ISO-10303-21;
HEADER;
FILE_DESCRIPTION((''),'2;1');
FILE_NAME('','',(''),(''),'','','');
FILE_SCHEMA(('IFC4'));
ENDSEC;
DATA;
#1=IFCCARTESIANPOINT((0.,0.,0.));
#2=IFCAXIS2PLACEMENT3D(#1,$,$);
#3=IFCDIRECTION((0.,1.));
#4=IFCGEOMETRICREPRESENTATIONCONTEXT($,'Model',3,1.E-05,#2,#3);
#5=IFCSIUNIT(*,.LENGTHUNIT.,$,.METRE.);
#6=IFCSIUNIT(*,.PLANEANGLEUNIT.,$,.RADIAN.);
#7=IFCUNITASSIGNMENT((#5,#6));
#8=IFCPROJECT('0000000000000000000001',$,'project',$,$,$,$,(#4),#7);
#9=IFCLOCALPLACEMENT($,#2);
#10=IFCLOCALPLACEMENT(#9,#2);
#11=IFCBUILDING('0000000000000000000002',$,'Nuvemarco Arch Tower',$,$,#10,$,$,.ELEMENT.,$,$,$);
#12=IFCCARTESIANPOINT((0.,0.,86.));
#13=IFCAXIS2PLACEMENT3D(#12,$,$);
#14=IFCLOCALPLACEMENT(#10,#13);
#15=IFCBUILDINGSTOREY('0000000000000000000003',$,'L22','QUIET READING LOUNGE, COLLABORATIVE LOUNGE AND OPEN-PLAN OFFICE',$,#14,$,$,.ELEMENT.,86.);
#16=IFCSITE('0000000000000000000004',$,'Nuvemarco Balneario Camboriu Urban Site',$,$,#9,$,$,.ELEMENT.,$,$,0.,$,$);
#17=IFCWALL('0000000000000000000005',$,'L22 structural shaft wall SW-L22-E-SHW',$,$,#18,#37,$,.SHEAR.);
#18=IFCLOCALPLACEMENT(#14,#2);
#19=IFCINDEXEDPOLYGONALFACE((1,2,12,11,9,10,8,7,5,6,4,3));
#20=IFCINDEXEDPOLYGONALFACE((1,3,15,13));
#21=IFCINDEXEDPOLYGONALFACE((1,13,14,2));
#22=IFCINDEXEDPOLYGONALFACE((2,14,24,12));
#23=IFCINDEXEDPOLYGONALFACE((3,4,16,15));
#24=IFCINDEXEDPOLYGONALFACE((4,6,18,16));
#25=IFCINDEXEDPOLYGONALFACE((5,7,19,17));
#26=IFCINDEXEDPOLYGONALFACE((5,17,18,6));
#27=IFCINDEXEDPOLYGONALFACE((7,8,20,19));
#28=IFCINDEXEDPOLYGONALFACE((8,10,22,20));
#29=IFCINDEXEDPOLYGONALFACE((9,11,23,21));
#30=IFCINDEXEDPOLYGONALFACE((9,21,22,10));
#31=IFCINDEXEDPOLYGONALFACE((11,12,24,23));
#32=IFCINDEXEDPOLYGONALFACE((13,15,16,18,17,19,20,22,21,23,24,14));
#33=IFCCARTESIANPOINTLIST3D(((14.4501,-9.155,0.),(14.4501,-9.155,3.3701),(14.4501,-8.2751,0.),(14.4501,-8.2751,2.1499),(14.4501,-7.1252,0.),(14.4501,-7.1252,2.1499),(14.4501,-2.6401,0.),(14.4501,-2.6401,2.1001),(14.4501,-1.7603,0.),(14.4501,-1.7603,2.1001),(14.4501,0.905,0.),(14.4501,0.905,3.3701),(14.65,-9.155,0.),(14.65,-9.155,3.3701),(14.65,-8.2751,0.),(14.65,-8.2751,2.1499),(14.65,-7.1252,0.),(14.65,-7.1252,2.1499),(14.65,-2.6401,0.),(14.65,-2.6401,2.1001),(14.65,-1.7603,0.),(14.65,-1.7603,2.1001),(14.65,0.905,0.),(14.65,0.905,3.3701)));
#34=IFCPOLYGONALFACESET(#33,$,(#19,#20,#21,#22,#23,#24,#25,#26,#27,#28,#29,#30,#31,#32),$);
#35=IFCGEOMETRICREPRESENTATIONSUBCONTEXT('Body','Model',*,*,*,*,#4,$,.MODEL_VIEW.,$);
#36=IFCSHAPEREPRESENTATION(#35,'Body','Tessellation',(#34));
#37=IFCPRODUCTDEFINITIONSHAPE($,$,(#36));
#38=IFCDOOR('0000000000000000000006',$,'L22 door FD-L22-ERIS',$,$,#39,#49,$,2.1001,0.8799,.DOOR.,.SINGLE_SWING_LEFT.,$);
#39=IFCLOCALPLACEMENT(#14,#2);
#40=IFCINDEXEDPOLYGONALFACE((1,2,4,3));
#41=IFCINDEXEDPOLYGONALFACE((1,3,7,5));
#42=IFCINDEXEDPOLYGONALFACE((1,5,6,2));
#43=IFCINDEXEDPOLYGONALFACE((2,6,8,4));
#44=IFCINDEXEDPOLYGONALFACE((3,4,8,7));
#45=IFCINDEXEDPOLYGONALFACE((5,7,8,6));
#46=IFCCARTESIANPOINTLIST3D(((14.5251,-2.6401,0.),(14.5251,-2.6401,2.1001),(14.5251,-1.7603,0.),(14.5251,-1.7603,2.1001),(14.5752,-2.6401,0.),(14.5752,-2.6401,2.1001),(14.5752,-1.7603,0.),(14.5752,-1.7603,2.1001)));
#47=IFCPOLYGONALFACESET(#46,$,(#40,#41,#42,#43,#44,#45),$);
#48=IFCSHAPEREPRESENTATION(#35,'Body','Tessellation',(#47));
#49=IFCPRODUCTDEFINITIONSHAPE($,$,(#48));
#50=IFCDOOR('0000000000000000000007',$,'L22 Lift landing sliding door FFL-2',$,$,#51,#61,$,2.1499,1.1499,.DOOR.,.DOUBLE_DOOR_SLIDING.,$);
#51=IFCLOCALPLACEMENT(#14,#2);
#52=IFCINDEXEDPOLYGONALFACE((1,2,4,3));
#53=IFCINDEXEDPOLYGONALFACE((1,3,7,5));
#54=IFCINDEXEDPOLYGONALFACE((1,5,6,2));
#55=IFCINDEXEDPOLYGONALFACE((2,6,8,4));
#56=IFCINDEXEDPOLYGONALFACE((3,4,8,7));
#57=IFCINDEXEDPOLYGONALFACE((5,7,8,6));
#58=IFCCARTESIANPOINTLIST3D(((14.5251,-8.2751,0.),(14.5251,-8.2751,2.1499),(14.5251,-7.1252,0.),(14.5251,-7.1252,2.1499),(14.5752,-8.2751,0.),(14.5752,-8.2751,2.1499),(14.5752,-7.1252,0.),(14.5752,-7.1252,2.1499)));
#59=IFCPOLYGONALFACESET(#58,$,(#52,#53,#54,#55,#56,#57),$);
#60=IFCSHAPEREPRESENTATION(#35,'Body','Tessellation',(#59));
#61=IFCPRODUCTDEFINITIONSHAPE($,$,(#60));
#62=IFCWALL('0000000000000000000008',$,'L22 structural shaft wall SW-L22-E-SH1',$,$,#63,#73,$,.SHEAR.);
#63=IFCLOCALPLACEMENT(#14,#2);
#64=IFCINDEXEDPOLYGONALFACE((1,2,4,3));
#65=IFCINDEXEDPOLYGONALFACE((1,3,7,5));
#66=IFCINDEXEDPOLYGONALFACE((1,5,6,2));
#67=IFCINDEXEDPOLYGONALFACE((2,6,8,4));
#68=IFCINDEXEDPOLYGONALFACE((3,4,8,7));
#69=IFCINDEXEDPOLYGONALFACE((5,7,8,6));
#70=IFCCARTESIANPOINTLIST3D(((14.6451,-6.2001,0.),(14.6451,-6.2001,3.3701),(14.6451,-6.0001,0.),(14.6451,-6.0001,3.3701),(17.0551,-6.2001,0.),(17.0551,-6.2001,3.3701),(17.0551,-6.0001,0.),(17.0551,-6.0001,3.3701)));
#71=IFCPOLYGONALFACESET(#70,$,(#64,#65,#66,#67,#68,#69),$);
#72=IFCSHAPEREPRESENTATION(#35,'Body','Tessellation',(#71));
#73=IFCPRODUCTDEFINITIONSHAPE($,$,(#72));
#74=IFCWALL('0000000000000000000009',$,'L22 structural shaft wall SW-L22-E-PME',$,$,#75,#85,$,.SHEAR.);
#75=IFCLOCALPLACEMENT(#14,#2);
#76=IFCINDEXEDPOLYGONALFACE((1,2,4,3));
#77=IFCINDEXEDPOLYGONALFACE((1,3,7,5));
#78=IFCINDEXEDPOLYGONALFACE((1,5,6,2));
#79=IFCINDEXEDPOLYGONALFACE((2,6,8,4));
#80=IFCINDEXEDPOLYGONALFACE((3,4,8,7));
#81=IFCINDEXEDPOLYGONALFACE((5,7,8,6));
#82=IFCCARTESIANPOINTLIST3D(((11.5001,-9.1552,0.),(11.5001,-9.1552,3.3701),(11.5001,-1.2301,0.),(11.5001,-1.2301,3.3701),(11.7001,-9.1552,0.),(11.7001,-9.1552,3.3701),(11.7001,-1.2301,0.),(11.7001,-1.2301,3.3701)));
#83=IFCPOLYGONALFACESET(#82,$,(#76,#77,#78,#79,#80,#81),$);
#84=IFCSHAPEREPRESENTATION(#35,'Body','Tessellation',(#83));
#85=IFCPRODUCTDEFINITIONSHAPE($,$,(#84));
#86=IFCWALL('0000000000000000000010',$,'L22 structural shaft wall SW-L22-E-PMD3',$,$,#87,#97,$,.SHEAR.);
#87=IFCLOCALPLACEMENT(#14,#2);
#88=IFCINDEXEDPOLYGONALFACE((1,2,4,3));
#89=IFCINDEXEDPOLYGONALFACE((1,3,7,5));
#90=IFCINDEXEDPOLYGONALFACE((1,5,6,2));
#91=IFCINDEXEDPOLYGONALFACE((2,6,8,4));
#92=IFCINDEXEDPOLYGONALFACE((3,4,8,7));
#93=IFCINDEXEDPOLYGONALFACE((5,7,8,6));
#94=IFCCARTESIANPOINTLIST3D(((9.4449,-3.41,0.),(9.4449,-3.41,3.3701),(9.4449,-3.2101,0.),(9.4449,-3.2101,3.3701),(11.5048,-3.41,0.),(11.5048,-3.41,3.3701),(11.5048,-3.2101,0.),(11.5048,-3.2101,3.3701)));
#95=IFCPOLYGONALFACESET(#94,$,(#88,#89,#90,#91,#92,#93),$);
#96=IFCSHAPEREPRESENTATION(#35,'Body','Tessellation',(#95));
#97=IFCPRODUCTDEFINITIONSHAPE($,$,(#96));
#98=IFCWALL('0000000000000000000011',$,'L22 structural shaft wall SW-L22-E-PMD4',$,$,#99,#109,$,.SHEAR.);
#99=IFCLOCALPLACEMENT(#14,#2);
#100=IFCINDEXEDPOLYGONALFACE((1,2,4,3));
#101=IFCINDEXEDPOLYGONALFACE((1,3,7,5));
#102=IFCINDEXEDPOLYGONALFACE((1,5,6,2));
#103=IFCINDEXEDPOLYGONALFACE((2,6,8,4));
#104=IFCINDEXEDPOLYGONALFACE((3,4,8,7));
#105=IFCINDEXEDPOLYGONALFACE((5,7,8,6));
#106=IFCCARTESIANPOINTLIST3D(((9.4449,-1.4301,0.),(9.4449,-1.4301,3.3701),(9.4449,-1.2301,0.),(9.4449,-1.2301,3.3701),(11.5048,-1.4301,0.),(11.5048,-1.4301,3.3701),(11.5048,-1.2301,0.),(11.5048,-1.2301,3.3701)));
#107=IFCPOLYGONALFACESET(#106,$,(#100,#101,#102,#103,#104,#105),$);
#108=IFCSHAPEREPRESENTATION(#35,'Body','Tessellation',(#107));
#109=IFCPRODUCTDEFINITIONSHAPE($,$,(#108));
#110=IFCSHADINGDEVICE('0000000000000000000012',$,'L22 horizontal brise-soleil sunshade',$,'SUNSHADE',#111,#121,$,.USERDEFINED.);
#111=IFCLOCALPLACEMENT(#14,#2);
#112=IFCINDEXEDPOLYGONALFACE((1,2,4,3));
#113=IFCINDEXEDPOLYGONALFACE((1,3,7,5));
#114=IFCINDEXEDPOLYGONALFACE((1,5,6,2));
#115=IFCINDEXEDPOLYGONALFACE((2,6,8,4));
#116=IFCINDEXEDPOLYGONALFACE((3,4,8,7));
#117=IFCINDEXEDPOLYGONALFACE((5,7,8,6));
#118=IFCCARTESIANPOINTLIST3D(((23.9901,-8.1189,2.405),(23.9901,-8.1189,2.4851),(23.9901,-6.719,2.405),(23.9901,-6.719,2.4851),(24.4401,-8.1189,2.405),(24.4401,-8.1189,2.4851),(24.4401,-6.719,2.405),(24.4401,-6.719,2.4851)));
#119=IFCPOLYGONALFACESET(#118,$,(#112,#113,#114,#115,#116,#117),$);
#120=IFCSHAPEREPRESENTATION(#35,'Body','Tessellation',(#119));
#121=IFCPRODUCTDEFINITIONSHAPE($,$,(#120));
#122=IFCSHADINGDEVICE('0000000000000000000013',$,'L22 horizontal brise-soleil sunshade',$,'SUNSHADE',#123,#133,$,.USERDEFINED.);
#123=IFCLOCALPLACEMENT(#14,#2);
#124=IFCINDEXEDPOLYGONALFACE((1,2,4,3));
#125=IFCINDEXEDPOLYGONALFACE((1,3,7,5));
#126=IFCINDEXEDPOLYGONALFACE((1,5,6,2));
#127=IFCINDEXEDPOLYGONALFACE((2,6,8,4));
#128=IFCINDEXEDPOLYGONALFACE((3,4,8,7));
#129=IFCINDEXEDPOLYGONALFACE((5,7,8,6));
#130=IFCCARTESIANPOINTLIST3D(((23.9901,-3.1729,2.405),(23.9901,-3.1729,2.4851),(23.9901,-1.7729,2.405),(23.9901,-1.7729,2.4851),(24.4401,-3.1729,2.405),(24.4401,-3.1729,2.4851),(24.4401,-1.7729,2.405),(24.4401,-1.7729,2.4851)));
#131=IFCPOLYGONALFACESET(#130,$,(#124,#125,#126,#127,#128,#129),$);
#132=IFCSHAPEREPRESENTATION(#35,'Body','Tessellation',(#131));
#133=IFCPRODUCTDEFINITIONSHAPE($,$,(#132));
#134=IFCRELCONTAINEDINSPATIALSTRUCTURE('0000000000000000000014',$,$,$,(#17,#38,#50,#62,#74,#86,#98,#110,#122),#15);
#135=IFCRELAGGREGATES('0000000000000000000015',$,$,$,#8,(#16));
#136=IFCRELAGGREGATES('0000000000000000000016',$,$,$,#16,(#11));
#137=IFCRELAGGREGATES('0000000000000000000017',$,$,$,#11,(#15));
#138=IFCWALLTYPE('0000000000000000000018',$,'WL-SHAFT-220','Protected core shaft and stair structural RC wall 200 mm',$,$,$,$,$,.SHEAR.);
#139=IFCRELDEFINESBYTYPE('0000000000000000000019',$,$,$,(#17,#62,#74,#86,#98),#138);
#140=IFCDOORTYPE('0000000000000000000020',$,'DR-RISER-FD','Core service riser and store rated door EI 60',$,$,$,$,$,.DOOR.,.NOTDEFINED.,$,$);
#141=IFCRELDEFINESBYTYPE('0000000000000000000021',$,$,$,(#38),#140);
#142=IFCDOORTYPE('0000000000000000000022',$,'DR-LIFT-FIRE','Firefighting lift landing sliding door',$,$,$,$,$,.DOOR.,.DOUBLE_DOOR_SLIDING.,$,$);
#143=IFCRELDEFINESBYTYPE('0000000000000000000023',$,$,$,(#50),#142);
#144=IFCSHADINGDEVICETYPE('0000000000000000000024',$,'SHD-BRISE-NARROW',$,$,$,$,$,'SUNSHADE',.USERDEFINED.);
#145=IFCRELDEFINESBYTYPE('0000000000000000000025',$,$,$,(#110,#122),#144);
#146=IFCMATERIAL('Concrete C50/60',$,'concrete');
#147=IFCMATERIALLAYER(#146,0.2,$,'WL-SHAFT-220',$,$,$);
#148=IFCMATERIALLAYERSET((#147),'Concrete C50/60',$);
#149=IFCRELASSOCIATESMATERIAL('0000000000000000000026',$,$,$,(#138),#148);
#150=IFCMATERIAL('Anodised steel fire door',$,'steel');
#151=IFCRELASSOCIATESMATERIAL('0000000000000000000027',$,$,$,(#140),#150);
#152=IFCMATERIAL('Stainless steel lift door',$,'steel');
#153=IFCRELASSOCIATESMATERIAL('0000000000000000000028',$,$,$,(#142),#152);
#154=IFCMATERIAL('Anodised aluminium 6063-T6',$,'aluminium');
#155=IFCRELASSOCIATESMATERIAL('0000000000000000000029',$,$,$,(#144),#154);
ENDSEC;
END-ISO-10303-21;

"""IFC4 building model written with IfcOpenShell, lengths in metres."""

from ifc_helpers import new_model, si_unit, direction, frame, frame_2d, origin, origin_2d, place, context, subcontext, project, spatial, rectangle, extrude, source, transform, mapped, material, layer, layer_set, type_object, type_shapes, element, fill, save


model = new_model("IFC4")

# Units and contexts
model_context = context("Model", 3, precision=1e-05, world=origin(), true_north=direction((0.0, 1.0)))
body_context = subcontext(model_context, "Body", "Model", "MODEL_VIEW")
ifc_project = project(units=[si_unit("LENGTHUNIT", "METRE"), si_unit("PLANEANGLEUNIT", "RADIAN")], contexts=[model_context])

# Site, building, storey
site_placement = place(None, origin())
site = spatial("IfcSite", under=ifc_project, at=site_placement, Name="Nuvemarco Balneario Camboriu Urban Site", CompositionType="ELEMENT", RefElevation=0.0)
building_placement = place(site_placement, origin())
building = spatial("IfcBuilding", under=site, at=building_placement, Name="Nuvemarco Arch Tower", CompositionType="ELEMENT")
storey_placement = place(building_placement, frame((0.0, 0.0, 86.0)))
storey = spatial("IfcBuildingStorey", under=building, at=storey_placement, Name="L22", Description="QUIET READING LOUNGE, COLLABORATIVE LOUNGE AND OPEN-PLAN OFFICE", CompositionType="ELEMENT", Elevation=86.0)

# Wall, openings, doors
ifc_material_1 = material(Name="Concrete C50/60", Category="concrete")
ifc_layer_1 = layer(ifc_material_1, 0.2, Name="WL-SHAFT-220")
ifc_layer_set_1 = layer_set([ifc_layer_1], Name="Concrete C50/60")
wall_type_1 = type_object("IfcWallType", Name="WL-SHAFT-220", Description="Protected core shaft and stair structural RC wall 200 mm", PredefinedType="SHEAR", material=ifc_layer_set_1)
wall_1_placement = place(storey_placement, frame((14.55, -9.155, 0.0), z_axis=(0.0, 0.0, 1.0), x_axis=(0.0, 1.0, 0.0)))
wall_1 = element("IfcWall", 1, at=wall_1_placement, inside=storey, type_object=wall_type_1, Name="L22 structural shaft wall SW-L22-E-SHW", PredefinedType="SHEAR", context=body_context, shape_type="SweptSolid", body=[
    extrude(rectangle(XDim=10.0601, YDim=0.2, at=frame_2d((5.03, 0.0))), origin(), (0.0, 0.0, 1.0), 3.3701),
])
opening_1_placement = place(wall_1_placement, frame((6.5149, 0.0, 0.0)))
opening_1 = element("IfcOpeningElement", 2, at=opening_1_placement, cuts=wall_1, PredefinedType="OPENING", context=body_context, shape_type="SweptSolid", body=[
    extrude(rectangle(XDim=0.8799, YDim=2.1001, at=frame_2d((0.4399, 1.05))), frame((0.0, 0.1099, 0.0), z_axis=(0.0, -1.0, 0.0), x_axis=(1.0, 0.0, 0.0)), (0.0, 0.0, 1.0), 0.22),
])
opening_2_placement = place(wall_1_placement, frame((0.8799, 0.0, 0.0)))
opening_2 = element("IfcOpeningElement", 3, at=opening_2_placement, cuts=wall_1, PredefinedType="OPENING", context=body_context, shape_type="SweptSolid", body=[
    extrude(rectangle(XDim=1.1499, YDim=2.1499, at=frame_2d((0.575, 1.075))), frame((0.0, 0.1099, 0.0), z_axis=(0.0, -1.0, 0.0), x_axis=(1.0, 0.0, 0.0)), (0.0, 0.0, 1.0), 0.22),
])
ifc_material_2 = material(Name="Anodised steel fire door", Category="steel")
door_type_1 = type_object("IfcDoorType", Name="DR-RISER-FD", Description="Core service riser and store rated door EI 60", OperationType="NOTDEFINED", PredefinedType="DOOR", material=ifc_material_2)
shared_shape_1 = source(origin(), body_context, "Body", "SweptSolid", [
    extrude(rectangle(XDim=0.8799, YDim=2.1001, at=frame_2d((0.4399, 1.05))), frame((0.0, 0.0249, 0.0), z_axis=(0.0, -1.0, 0.0), x_axis=(1.0, 0.0, 0.0)), (0.0, 0.0, 1.0), 0.05),
])
type_shapes(door_type_1, [shared_shape_1])
door_1_placement = place(opening_1_placement, origin())
door_1 = element("IfcDoor", 4, at=door_1_placement, inside=storey, type_object=door_type_1, Name="L22 door FD-L22-ERIS", OperationType="SINGLE_SWING_LEFT", OverallHeight=2.1001, OverallWidth=0.8799, PredefinedType="DOOR", context=body_context, shape_type="MappedRepresentation", body=[
    mapped(shared_shape_1, transform((0.0, 0.0, 0.0), scale=1.0)),
])
fill(opening_1, door_1)
ifc_material_3 = material(Name="Stainless steel lift door", Category="steel")
door_type_2 = type_object("IfcDoorType", Name="DR-LIFT-FIRE", Description="Firefighting lift landing sliding door", OperationType="DOUBLE_DOOR_SLIDING", PredefinedType="DOOR", material=ifc_material_3)
shared_shape_2 = source(origin(), body_context, "Body", "SweptSolid", [
    extrude(rectangle(XDim=1.1499, YDim=2.1499, at=frame_2d((0.575, 1.075))), frame((0.0, 0.0249, 0.0), z_axis=(0.0, -1.0, 0.0), x_axis=(1.0, 0.0, 0.0)), (0.0, 0.0, 1.0), 0.05),
])
type_shapes(door_type_2, [shared_shape_2])
door_2_placement = place(opening_2_placement, origin())
door_2 = element("IfcDoor", 5, at=door_2_placement, inside=storey, type_object=door_type_2, Name="L22 Lift landing sliding door FFL-2", OperationType="DOUBLE_DOOR_SLIDING", OverallHeight=2.1499, OverallWidth=1.1499, PredefinedType="DOOR", context=body_context, shape_type="MappedRepresentation", body=[
    mapped(shared_shape_2, transform((0.0, 0.0, 0.0), scale=1.0)),
])
fill(opening_2, door_2)

# Walls
wall_2_placement = place(storey_placement, frame((14.645, -6.1001, 0.0), z_axis=(0.0, 0.0, 1.0), x_axis=(1.0, 0.0, 0.0)))
element("IfcWall", 6, at=wall_2_placement, inside=storey, type_object=wall_type_1, Name="L22 structural shaft wall SW-L22-E-SH1", PredefinedType="SHEAR", context=body_context, shape_type="SweptSolid", body=[
    extrude(rectangle(XDim=2.4099, YDim=0.2, at=frame_2d((1.2051, 0.0))), origin(), (0.0, 0.0, 1.0), 3.3701),
])
wall_3_placement = place(storey_placement, frame((11.6001, -9.155, 0.0), z_axis=(0.0, 0.0, 1.0), x_axis=(0.0, 1.0, 0.0)))
element("IfcWall", 7, at=wall_3_placement, inside=storey, type_object=wall_type_1, Name="L22 structural shaft wall SW-L22-E-PME", PredefinedType="SHEAR", context=body_context, shape_type="SweptSolid", body=[
    extrude(rectangle(XDim=7.925, YDim=0.2, at=frame_2d((3.9624, 0.0))), origin(), (0.0, 0.0, 1.0), 3.3701),
])

# Walls
for number, where, z_axis, x_axis, name in (
    (8, (9.4451, -3.3101, 0.0), (0.0, 0.0, 1.0), (1.0, 0.0, 0.0), "L22 structural shaft wall SW-L22-E-PMD3"),
    (9, (9.4451, -1.3301, 0.0), (0.0, 0.0, 1.0), (1.0, 0.0, 0.0), "L22 structural shaft wall SW-L22-E-PMD4"),
):
    element("IfcWall", number, at=place(storey_placement, frame(where, z_axis=z_axis, x_axis=x_axis)), inside=storey, type_object=wall_type_1, Name=name, PredefinedType="SHEAR", context=body_context, shape_type="SweptSolid", body=[
        extrude(rectangle(XDim=2.0598, YDim=0.2, at=frame_2d((1.0298, 0.0))), origin(), (0.0, 0.0, 1.0), 3.3701),
    ])

# Shading devices
ifc_material_4 = material(Name="Anodised aluminium 6063-T6", Category="aluminium")
shading_device_type = type_object("IfcShadingDeviceType", Name="SHD-BRISE-NARROW", ElementType="SUNSHADE", PredefinedType="USERDEFINED", material=ifc_material_4)
shared_shape_3 = source(origin(), body_context, "Body", "SweptSolid", [
    extrude(rectangle(XDim=1.3999, YDim=0.45, at=origin_2d()), origin(), (0.0, 0.0, 1.0), 0.0801),
])
type_shapes(shading_device_type, [shared_shape_3])
for number, where, z_axis, x_axis, name in (
    (10, (24.2151, -7.4189, 2.405), (0.0, 0.0, 1.0), (0.0, 1.0, 0.0), "L22 horizontal brise-soleil sunshade"),
    (11, (24.2151, -2.4729, 2.405), (0.0, 0.0, 1.0), (0.0, 1.0, 0.0), "L22 horizontal brise-soleil sunshade"),
):
    element("IfcShadingDevice", number, at=place(storey_placement, frame(where, z_axis=z_axis, x_axis=x_axis)), inside=storey, type_object=shading_device_type, Name=name, ObjectType="SUNSHADE", PredefinedType="USERDEFINED", context=body_context, shape_type="MappedRepresentation", body=[
        mapped(shared_shape_3, transform((0.0, 0.0, 0.0), scale=1.0)),
    ])

save(model, "model.ifc")
